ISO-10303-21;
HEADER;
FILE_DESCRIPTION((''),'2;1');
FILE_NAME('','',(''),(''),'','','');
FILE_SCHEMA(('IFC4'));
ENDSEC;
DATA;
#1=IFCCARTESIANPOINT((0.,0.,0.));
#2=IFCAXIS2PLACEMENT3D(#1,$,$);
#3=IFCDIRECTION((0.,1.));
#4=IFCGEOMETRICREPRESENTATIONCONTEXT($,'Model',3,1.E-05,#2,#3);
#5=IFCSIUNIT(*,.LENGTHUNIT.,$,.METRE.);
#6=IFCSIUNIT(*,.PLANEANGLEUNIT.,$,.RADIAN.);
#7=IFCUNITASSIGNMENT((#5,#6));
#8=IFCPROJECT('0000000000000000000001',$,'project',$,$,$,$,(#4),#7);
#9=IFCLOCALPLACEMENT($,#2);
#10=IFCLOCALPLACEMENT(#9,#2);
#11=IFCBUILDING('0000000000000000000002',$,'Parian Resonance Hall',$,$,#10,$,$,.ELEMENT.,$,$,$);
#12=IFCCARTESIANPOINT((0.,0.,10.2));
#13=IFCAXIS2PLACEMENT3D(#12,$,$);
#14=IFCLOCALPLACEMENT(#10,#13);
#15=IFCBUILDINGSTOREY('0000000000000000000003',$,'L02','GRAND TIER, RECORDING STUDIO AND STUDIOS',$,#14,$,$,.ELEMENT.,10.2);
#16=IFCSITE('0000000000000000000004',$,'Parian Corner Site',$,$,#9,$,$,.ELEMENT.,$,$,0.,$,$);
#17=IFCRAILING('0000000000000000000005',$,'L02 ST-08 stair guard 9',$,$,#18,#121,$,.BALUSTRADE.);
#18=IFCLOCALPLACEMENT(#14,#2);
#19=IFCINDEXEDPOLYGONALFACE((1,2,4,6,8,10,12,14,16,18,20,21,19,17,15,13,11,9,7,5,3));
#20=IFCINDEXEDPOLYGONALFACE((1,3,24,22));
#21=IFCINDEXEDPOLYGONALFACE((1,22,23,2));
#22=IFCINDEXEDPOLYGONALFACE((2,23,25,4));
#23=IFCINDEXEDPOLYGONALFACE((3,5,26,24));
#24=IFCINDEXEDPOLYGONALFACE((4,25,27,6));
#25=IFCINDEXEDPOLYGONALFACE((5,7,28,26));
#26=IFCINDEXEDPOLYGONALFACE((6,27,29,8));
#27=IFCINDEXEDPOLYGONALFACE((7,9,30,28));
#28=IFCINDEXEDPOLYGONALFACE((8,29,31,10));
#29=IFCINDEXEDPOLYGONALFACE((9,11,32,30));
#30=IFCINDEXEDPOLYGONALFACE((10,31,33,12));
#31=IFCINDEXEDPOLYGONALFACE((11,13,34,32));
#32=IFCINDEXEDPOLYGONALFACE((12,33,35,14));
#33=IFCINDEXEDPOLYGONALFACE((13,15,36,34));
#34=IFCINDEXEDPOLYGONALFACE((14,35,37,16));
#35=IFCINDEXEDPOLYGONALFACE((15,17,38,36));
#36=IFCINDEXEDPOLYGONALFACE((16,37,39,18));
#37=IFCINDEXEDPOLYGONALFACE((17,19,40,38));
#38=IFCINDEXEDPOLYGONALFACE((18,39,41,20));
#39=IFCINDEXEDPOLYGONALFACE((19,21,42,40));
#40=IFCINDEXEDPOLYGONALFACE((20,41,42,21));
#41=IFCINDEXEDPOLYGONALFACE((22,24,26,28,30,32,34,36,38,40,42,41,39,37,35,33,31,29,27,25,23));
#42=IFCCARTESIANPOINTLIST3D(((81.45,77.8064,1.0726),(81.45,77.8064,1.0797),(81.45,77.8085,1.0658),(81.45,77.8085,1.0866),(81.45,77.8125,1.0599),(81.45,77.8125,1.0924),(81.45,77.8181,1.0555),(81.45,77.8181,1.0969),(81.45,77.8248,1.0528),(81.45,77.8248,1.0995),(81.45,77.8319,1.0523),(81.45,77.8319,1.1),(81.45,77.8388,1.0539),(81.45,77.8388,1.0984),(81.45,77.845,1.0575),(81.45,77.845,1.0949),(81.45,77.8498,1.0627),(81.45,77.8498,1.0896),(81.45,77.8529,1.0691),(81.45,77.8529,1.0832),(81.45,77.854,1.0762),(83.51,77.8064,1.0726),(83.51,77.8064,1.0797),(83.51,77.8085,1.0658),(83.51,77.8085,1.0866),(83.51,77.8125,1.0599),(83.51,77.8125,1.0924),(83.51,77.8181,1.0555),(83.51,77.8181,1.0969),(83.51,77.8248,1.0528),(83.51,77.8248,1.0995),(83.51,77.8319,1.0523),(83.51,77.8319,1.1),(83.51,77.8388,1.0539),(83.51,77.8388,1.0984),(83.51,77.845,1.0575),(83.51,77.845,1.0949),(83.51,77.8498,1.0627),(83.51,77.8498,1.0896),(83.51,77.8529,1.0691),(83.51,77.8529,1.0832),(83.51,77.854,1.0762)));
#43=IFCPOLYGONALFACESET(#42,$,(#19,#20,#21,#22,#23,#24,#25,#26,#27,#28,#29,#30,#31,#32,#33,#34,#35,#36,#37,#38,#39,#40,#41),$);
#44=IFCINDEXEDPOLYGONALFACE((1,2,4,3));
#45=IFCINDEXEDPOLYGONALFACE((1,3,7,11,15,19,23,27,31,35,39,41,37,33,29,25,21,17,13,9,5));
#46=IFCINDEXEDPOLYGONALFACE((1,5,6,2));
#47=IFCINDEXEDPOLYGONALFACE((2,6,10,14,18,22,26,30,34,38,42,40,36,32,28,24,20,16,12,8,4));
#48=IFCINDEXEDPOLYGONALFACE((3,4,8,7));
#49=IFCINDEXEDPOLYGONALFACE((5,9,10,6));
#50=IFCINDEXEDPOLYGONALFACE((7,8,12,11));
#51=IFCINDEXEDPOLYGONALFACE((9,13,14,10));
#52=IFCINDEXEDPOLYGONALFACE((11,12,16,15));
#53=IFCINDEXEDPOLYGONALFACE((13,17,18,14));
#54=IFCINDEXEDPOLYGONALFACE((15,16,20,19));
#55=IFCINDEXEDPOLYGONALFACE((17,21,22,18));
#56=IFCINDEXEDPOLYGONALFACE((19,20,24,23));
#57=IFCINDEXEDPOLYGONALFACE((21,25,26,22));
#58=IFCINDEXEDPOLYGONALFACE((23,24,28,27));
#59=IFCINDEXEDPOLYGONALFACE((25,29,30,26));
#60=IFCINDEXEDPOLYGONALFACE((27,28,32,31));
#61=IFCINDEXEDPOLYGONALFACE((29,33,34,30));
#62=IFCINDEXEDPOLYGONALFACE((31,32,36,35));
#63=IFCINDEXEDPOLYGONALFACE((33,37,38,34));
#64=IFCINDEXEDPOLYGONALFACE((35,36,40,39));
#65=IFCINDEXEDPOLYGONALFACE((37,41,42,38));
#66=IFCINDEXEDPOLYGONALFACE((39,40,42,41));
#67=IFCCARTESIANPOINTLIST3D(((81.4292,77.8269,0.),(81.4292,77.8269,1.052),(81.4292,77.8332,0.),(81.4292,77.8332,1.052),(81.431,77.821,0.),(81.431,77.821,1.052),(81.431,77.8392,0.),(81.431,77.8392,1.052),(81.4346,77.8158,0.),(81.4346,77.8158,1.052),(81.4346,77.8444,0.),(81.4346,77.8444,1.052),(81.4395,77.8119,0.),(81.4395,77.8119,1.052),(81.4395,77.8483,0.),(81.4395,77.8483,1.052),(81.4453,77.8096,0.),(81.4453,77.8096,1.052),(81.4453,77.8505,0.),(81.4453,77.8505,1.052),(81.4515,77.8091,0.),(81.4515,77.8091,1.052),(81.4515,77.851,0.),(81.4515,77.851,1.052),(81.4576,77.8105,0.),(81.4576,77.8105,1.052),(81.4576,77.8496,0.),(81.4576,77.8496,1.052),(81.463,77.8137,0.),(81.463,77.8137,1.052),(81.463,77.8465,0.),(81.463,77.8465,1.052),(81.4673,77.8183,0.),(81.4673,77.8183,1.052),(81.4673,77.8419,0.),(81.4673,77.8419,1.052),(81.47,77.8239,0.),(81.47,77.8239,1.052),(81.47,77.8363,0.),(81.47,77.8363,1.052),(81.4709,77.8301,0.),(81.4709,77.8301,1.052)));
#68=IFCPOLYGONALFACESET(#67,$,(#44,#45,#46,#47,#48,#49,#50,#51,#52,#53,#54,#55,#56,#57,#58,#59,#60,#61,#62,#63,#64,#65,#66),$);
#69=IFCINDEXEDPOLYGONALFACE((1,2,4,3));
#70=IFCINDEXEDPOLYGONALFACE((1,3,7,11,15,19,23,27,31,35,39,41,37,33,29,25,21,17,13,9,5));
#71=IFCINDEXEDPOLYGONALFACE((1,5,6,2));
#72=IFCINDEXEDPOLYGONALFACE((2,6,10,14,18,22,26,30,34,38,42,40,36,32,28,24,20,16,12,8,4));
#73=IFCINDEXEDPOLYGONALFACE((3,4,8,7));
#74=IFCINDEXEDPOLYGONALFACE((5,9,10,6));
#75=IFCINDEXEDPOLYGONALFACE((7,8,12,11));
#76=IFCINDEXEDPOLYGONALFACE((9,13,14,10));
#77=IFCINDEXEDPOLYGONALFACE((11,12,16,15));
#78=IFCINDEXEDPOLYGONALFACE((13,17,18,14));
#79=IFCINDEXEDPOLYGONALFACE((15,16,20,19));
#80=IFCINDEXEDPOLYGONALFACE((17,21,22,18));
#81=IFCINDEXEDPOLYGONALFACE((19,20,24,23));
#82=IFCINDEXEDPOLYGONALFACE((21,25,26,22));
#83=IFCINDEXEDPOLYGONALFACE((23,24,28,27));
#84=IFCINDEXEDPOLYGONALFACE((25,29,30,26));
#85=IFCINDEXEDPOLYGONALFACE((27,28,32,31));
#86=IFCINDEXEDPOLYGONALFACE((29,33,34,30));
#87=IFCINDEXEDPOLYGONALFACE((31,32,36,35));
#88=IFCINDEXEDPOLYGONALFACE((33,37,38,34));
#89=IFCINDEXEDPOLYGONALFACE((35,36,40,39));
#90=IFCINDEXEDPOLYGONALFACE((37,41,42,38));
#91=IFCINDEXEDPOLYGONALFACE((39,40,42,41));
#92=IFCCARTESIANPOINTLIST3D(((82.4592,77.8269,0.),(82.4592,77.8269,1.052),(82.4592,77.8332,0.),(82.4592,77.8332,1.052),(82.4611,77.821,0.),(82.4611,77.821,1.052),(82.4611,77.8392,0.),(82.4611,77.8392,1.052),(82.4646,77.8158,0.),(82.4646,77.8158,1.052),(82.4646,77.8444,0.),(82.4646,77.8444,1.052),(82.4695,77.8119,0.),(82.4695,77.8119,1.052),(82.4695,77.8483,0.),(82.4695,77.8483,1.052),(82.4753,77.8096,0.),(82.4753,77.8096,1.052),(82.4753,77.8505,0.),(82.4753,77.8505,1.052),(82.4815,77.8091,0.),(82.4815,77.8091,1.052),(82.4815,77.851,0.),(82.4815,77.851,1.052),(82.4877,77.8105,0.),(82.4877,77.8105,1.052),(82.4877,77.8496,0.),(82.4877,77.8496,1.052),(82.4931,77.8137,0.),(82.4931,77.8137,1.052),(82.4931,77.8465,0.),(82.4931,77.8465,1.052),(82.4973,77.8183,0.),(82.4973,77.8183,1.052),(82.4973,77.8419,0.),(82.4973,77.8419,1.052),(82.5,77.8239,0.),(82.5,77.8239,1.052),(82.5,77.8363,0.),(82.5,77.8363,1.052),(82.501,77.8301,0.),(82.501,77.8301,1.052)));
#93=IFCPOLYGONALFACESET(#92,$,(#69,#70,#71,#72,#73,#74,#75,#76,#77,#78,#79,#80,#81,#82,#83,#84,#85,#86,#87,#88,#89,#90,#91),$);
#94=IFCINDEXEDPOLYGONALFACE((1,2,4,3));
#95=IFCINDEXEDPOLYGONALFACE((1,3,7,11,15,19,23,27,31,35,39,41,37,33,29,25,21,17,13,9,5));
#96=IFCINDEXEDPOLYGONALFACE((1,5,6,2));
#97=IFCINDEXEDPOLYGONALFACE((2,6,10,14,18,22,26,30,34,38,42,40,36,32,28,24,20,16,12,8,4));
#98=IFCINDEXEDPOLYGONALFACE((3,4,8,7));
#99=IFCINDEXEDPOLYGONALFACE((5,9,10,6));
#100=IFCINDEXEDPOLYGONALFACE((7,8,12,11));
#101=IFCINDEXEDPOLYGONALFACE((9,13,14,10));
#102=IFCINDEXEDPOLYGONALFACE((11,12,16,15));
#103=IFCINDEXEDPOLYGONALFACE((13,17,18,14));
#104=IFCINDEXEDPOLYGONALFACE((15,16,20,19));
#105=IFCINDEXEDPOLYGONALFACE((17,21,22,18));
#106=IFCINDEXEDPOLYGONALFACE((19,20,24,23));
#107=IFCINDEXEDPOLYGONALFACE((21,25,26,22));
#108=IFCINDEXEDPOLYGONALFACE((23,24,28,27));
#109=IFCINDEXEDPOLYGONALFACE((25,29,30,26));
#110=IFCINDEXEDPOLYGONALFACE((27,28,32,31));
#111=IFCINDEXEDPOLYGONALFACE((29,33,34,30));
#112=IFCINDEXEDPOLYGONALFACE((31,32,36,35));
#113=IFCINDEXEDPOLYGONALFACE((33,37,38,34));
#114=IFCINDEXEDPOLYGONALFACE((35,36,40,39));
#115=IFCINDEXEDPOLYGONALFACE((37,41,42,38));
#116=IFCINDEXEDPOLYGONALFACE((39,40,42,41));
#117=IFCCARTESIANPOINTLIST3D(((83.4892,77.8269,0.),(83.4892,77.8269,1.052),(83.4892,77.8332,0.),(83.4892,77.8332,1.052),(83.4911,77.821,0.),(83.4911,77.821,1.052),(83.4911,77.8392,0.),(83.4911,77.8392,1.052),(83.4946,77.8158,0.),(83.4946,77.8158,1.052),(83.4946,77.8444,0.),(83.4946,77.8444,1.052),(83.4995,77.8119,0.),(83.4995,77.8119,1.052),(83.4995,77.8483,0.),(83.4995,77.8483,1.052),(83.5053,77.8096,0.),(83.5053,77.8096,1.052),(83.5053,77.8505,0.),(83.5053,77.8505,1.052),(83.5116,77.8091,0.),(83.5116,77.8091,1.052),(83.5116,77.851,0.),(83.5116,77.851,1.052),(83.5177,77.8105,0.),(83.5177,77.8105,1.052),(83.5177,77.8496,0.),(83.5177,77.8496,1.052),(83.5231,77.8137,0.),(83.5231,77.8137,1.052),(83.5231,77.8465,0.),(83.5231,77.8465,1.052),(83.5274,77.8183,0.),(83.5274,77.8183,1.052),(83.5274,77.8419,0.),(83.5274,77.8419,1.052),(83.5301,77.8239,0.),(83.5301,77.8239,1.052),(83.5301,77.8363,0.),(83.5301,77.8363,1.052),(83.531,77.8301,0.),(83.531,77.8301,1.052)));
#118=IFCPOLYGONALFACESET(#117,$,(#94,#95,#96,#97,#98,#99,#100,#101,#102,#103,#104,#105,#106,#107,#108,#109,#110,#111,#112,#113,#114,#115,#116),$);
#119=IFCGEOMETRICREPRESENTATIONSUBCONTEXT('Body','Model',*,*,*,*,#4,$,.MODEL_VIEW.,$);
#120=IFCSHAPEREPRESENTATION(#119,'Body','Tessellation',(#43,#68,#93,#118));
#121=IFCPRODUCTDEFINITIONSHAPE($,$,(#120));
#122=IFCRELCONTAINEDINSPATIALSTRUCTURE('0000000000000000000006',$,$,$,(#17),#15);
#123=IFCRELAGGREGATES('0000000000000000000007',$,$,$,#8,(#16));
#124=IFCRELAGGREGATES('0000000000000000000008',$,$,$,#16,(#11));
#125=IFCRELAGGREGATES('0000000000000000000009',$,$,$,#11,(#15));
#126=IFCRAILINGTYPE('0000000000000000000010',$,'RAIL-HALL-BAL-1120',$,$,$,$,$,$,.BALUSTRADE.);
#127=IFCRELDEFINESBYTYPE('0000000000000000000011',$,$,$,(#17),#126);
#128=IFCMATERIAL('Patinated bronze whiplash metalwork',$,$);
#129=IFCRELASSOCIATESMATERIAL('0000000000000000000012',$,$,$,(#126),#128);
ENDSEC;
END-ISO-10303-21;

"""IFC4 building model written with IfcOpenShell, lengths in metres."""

from ifc_helpers import new_model, si_unit, direction, frame, origin, origin_2d, place, context, subcontext, project, spatial, circle, extrude, material, type_object, element, save


model = new_model("IFC4")

# Units and contexts
model_context = context("Model", 3, precision=1e-05, world=origin(), true_north=direction((0.0, 1.0)))
body_context = subcontext(model_context, "Body", "Model", "MODEL_VIEW")
ifc_project = project(units=[si_unit("LENGTHUNIT", "METRE"), si_unit("PLANEANGLEUNIT", "RADIAN")], contexts=[model_context])

# Site, building, storey
site_placement = place(None, origin())
site = spatial("IfcSite", under=ifc_project, at=site_placement, Name="Parian Corner Site", CompositionType="ELEMENT", RefElevation=0.0)
building_placement = place(site_placement, origin())
building = spatial("IfcBuilding", under=site, at=building_placement, Name="Parian Resonance Hall", CompositionType="ELEMENT")
storey_placement = place(building_placement, frame((0.0, 0.0, 10.2)))
storey = spatial("IfcBuildingStorey", under=building, at=storey_placement, Name="L02", Description="GRAND TIER, RECORDING STUDIO AND STUDIOS", CompositionType="ELEMENT", Elevation=10.2)

# Railing
ifc_material_1 = material(Name="Patinated bronze whiplash metalwork")
railing_type_1 = type_object("IfcRailingType", Name="RAIL-HALL-BAL-1120", PredefinedType="BALUSTRADE", material=ifc_material_1)
railing_1_placement = place(storey_placement, frame((81.45, 77.8301, 0.0)))
element("IfcRailing", 1, at=railing_1_placement, inside=storey, type_object=railing_type_1, Name="L02 ST-08 stair guard 9", PredefinedType="BALUSTRADE", context=body_context, shape_type="SweptSolid", body=[
    extrude(circle(Radius=0.0239, at=origin_2d()), frame((0.0, 0.0, 1.0762), z_axis=(1.0, 0.0, 0.0), x_axis=(0.0, 1.0, 0.0)), (0.0, 0.0, 1.0), 2.0601),
    extrude(circle(Radius=0.021, at=origin_2d()), origin(), (0.0, 0.0, 1.0), 1.052),
    extrude(circle(Radius=0.021, at=origin_2d()), frame((1.03, 0.0, 0.0)), (0.0, 0.0, 1.0), 1.052),
    extrude(circle(Radius=0.021, at=origin_2d()), frame((2.0601, 0.0, 0.0)), (0.0, 0.0, 1.0), 1.052),
])

save(model, "model.ifc")
